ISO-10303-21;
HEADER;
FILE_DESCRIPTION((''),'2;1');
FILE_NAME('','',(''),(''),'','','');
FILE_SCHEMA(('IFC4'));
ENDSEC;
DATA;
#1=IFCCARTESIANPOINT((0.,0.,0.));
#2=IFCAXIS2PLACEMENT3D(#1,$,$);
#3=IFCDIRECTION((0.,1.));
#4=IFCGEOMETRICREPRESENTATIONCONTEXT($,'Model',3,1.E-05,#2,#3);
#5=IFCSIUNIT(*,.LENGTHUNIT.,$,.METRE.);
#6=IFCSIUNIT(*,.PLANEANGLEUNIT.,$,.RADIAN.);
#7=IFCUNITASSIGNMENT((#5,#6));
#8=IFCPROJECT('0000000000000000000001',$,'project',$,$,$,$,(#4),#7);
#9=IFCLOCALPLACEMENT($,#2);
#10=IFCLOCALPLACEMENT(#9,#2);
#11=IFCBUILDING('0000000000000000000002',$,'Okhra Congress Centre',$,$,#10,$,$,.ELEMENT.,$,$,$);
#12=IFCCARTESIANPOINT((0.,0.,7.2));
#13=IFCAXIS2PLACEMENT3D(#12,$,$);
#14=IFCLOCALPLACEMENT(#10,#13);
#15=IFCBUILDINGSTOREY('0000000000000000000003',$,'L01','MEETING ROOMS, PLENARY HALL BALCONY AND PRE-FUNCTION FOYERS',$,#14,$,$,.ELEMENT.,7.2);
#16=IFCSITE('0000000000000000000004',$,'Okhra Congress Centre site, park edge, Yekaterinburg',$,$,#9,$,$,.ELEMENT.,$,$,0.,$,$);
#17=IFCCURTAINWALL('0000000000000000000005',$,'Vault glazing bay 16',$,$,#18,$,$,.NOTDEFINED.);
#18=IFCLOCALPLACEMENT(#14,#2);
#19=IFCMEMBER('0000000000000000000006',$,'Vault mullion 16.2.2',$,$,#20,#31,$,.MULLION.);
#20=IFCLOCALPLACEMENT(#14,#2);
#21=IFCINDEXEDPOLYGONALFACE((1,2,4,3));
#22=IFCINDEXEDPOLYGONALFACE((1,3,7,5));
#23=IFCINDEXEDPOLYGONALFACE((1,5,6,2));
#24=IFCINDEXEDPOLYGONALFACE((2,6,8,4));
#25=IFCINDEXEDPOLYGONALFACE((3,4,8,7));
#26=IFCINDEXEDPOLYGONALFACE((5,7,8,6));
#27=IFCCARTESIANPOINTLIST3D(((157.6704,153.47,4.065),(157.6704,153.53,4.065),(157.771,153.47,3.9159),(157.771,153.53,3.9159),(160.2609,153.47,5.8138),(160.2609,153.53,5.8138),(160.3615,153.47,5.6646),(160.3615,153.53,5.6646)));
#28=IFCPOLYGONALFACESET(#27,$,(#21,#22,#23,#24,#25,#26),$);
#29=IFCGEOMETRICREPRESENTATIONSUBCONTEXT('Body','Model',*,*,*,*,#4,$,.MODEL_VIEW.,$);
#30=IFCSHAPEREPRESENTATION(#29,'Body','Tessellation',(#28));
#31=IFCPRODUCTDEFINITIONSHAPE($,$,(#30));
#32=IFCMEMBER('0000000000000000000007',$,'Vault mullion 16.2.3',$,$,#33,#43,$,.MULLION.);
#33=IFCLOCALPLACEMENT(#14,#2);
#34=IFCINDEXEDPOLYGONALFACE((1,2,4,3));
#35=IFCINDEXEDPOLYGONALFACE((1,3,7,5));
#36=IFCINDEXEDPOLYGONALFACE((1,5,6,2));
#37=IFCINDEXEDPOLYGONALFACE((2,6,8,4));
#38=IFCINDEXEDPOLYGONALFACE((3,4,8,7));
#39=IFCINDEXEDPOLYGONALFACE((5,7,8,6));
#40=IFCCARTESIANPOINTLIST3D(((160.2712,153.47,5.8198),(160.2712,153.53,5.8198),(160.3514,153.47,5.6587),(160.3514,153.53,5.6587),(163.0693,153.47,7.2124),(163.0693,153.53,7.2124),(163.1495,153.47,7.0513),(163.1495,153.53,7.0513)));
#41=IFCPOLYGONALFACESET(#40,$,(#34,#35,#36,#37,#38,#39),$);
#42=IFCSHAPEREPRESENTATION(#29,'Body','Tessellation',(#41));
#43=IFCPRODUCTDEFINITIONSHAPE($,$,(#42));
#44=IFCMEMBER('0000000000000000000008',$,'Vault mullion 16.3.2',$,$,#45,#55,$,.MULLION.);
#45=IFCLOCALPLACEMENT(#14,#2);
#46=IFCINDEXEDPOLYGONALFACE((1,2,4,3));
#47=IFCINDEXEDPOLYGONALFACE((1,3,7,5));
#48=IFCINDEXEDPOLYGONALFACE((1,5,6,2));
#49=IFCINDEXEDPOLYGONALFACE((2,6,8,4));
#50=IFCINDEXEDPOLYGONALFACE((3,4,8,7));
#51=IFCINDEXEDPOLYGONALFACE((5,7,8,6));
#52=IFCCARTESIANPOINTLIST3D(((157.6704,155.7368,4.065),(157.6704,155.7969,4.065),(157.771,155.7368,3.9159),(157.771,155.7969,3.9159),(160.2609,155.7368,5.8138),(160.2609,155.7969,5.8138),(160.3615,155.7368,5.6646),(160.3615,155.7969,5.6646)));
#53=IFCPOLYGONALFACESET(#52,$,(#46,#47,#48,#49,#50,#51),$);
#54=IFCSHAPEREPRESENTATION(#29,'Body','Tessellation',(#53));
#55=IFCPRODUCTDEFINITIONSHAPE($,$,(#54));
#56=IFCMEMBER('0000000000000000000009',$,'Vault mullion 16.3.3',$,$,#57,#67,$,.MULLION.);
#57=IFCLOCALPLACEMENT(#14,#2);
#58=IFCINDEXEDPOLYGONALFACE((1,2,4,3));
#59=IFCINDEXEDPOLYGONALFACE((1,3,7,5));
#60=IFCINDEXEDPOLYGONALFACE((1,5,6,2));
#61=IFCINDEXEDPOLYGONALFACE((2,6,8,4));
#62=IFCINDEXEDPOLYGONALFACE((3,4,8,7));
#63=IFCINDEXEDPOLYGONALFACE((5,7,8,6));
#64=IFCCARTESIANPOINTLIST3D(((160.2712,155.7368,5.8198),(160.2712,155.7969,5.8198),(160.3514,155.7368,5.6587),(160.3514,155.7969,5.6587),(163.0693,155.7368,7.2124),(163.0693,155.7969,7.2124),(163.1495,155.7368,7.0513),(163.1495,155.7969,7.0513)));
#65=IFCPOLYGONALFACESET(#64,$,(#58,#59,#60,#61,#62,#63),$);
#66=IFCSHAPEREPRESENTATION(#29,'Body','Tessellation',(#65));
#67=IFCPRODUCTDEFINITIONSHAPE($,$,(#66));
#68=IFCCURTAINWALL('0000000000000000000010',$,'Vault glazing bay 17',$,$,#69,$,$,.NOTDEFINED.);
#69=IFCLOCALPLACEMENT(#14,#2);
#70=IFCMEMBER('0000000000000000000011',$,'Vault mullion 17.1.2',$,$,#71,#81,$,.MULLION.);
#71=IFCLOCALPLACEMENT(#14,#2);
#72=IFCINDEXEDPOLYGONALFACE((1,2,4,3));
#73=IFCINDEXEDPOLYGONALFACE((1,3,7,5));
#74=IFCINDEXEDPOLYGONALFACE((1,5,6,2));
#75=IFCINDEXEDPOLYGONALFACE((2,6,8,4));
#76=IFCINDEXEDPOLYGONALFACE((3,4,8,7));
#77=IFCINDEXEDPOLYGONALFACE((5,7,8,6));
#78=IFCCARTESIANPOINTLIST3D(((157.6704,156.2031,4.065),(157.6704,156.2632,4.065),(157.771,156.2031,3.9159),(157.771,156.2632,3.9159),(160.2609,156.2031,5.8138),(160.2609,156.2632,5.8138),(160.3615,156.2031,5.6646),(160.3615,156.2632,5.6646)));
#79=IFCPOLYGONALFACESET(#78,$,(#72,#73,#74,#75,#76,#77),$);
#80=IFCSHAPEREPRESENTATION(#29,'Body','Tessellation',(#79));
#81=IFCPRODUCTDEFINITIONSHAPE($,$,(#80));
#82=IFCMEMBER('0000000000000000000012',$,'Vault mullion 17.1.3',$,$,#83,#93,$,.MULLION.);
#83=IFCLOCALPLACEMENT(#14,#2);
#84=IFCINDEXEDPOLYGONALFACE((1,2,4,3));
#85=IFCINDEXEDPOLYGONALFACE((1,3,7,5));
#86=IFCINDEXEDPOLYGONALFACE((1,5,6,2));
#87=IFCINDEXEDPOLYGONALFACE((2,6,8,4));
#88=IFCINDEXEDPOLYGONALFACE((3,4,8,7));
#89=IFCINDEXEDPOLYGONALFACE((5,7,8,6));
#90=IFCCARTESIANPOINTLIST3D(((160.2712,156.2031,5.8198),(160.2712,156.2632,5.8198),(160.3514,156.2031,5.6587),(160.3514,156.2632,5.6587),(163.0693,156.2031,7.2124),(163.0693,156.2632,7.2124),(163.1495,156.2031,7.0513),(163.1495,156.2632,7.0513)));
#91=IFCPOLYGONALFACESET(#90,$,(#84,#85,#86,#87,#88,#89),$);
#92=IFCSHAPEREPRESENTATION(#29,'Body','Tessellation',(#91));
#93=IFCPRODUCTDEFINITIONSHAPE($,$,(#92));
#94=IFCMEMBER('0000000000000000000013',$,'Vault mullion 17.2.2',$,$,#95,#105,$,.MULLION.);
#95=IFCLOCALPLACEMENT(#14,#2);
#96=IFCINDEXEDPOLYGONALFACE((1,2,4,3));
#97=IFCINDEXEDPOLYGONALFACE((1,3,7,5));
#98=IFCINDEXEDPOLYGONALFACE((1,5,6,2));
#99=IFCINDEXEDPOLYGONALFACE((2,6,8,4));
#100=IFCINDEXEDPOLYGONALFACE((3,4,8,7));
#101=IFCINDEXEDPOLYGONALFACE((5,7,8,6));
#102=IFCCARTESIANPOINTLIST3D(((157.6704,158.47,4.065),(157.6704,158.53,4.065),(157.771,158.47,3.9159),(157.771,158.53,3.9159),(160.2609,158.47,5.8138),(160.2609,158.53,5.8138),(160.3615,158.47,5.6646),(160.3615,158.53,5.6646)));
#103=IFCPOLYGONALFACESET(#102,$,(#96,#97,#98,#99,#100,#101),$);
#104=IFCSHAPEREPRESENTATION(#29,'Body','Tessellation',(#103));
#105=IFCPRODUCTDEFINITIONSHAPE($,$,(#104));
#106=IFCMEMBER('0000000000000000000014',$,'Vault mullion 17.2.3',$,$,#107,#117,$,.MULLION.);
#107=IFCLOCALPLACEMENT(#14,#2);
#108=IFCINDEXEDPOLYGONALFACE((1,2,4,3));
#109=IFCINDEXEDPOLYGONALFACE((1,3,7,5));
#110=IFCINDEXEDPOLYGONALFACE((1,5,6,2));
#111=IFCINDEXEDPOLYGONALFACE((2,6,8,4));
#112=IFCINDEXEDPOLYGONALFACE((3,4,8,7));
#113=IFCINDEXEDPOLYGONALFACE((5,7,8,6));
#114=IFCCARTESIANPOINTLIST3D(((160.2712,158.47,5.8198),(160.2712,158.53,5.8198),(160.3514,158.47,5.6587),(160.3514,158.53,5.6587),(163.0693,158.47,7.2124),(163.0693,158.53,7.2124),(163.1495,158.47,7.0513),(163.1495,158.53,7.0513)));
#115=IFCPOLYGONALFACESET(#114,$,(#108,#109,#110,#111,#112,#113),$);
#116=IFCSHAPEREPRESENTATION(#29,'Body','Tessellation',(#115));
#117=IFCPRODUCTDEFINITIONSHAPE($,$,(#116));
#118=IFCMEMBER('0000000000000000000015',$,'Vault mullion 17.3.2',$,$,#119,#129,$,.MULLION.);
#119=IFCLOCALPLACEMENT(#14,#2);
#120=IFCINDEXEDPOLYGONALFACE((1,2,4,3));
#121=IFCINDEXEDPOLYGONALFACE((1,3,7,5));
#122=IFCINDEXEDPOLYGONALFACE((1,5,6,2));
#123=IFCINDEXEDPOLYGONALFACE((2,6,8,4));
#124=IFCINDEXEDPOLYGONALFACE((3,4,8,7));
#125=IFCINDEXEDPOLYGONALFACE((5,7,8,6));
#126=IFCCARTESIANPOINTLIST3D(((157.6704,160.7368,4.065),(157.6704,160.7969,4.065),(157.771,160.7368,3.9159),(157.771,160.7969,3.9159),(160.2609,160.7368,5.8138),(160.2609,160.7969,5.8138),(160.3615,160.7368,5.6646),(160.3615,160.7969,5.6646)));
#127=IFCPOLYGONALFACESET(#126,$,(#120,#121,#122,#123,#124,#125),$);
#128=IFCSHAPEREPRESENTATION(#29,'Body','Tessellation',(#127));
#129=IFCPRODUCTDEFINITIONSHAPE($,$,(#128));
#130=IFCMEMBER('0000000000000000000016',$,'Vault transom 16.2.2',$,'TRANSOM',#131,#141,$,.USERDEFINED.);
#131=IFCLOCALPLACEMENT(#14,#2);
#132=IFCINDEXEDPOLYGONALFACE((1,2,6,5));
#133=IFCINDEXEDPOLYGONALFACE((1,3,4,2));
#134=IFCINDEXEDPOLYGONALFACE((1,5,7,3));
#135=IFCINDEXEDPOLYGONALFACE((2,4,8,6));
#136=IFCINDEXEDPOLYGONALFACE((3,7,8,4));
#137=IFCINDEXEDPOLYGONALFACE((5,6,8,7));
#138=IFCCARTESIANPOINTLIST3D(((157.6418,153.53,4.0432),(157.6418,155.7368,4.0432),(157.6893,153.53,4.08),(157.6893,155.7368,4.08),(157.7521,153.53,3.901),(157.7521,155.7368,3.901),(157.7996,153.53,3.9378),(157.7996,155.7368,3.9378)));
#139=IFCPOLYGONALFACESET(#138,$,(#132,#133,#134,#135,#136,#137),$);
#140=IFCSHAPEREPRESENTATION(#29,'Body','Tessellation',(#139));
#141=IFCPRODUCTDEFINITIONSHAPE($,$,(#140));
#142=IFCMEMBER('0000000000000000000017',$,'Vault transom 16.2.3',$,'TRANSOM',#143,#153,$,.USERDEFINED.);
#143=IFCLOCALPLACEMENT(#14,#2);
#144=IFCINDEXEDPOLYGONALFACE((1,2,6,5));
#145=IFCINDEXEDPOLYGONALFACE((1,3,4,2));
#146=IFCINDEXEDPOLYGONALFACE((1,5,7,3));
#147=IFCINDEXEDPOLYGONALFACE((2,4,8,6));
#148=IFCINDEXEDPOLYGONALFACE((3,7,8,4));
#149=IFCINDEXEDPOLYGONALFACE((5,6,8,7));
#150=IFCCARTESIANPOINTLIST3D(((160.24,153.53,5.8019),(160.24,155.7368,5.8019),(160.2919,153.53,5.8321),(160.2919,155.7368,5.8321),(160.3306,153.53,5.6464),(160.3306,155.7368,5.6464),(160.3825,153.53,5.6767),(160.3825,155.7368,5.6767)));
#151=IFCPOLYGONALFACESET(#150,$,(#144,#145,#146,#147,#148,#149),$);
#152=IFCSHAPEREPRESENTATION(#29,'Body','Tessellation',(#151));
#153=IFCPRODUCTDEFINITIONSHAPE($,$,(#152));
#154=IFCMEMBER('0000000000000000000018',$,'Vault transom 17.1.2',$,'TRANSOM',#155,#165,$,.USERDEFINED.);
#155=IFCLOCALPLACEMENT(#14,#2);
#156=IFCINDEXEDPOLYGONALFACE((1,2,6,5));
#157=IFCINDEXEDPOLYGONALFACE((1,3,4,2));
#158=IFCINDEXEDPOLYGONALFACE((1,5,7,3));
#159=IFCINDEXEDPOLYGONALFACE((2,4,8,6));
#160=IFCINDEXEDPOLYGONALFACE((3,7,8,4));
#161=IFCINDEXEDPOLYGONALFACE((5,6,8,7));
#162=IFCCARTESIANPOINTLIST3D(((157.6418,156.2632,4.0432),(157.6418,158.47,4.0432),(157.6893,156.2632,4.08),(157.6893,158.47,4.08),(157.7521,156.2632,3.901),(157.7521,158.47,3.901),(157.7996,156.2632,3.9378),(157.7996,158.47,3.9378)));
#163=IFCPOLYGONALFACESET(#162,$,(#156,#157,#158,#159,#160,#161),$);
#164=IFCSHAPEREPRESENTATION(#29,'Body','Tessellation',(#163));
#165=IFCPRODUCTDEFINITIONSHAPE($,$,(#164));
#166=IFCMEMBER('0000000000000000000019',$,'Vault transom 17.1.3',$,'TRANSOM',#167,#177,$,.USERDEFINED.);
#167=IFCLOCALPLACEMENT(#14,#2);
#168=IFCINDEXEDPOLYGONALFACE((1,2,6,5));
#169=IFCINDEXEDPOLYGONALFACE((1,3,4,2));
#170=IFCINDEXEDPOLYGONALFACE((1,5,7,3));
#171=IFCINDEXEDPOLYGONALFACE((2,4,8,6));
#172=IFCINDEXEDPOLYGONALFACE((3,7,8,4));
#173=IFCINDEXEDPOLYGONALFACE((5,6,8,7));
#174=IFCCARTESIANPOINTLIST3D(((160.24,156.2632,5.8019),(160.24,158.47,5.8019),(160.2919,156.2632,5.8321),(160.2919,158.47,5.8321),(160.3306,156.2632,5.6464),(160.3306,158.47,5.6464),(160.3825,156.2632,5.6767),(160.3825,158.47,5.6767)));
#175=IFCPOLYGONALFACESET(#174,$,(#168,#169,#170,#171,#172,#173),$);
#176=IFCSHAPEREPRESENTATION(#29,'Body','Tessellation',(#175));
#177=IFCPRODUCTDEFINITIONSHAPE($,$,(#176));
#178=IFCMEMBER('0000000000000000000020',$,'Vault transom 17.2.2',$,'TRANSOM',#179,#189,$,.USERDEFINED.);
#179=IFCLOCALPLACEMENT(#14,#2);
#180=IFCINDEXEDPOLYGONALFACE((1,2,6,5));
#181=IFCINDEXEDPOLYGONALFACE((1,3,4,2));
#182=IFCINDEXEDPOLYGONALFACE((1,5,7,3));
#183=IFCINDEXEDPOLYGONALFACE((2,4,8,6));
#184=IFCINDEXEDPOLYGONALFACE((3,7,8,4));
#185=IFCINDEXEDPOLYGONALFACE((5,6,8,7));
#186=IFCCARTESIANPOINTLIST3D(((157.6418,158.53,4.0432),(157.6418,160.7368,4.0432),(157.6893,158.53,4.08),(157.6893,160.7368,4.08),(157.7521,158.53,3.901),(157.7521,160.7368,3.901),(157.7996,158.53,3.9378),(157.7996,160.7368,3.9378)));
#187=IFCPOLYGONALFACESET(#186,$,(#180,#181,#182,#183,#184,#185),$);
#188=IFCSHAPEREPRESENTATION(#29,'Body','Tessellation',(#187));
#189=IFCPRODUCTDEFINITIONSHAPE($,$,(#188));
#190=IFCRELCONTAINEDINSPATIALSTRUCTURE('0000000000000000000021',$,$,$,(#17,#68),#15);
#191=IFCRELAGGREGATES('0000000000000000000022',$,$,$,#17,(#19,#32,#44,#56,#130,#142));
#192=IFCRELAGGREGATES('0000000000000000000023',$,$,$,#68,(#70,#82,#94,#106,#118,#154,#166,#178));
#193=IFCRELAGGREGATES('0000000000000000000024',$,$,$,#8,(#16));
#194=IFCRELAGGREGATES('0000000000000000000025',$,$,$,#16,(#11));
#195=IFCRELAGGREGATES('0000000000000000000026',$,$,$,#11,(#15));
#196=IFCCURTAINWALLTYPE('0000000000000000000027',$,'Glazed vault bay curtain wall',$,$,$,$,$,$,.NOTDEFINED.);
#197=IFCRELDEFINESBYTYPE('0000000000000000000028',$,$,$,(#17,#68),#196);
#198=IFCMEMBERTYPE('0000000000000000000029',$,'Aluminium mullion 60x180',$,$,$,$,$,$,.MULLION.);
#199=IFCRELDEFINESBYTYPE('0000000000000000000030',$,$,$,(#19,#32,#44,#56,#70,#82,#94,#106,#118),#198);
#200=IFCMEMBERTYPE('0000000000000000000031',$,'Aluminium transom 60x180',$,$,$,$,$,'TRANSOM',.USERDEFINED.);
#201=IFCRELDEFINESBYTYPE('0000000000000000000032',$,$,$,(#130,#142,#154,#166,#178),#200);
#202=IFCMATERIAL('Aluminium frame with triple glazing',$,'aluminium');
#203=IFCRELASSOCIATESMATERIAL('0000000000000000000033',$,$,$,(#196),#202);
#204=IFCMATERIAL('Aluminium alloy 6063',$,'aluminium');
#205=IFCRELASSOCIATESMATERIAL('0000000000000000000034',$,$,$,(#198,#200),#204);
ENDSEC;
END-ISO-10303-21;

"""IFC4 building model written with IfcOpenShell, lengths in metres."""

from ifc_helpers import new_model, si_unit, direction, frame, origin, origin_2d, place, context, subcontext, project, spatial, rectangle, extrude, material, material_profile, profile_set, type_object, element, aggregate, save


model = new_model("IFC4")

# Units and contexts
model_context = context("Model", 3, precision=1e-05, world=origin(), true_north=direction((0.0, 1.0)))
body_context = subcontext(model_context, "Body", "Model", "MODEL_VIEW")
ifc_project = project(units=[si_unit("LENGTHUNIT", "METRE"), si_unit("PLANEANGLEUNIT", "RADIAN")], contexts=[model_context])

# Site, building, storey
site_placement = place(None, origin())
site = spatial("IfcSite", under=ifc_project, at=site_placement, Name="Okhra Congress Centre site, park edge, Yekaterinburg", CompositionType="ELEMENT", RefElevation=0.0)
building_placement = place(site_placement, origin())
building = spatial("IfcBuilding", under=site, at=building_placement, Name="Okhra Congress Centre", CompositionType="ELEMENT")
storey_placement = place(building_placement, frame((0.0, 0.0, 7.2)))
storey = spatial("IfcBuildingStorey", under=building, at=storey_placement, Name="L01", Description="MEETING ROOMS, PLENARY HALL BALCONY AND PRE-FUNCTION FOYERS", CompositionType="ELEMENT", Elevation=7.2)

# Curtain walls, members
ifc_material_1 = material(Name="Aluminium frame with triple glazing", Category="aluminium")
curtain_wall_type = type_object("IfcCurtainWallType", Name="Glazed vault bay curtain wall", PredefinedType="NOTDEFINED", material=ifc_material_1)
curtain_wall_1_placement = place(storey_placement, origin())
curtain_wall_1 = element("IfcCurtainWall", 1, at=curtain_wall_1_placement, inside=storey, type_object=curtain_wall_type, Name="Vault glazing bay 16", PredefinedType="NOTDEFINED")
ifc_material_2 = material(Name="Aluminium alloy 6063", Category="aluminium")
ifc_material_profile_1 = material_profile(ifc_material_2, rectangle(XDim=0.0601, YDim=0.1799, at=origin_2d()), Name="AL 60x180")
ifc_profile_set_1 = profile_set([ifc_material_profile_1], Name="Aluminium alloy 6063")
member_type_1 = type_object("IfcMemberType", Name="Aluminium mullion 60x180", PredefinedType="MULLION", material=ifc_profile_set_1)
member_1_placement = place(storey_placement, frame((157.7207, 153.5, 3.9905), z_axis=(0.828828, 0.0, 0.559504), x_axis=(0.0, 1.0, 0.0)))
member_1 = element("IfcMember", 2, at=member_1_placement, type_object=member_type_1, Name="Vault mullion 16.2.2", PredefinedType="MULLION", context=body_context, shape_type="SweptSolid", body=[
    extrude(rectangle(XDim=0.0601, YDim=0.1799, at=origin_2d()), origin(), (0.0, 0.0, 1.0), 3.1255),
])
member_2_placement = place(storey_placement, frame((160.3113, 153.5, 5.7393), z_axis=(0.895254, 0.0, 0.445557), x_axis=(0.0, 1.0, 0.0)))
member_2 = element("IfcMember", 3, at=member_2_placement, type_object=member_type_1, Name="Vault mullion 16.2.3", PredefinedType="MULLION", context=body_context, shape_type="SweptSolid", body=[
    extrude(rectangle(XDim=0.0601, YDim=0.1799, at=origin_2d()), origin(), (0.0, 0.0, 1.0), 3.1255),
])
member_3_placement = place(storey_placement, frame((157.7207, 155.7668, 3.9905), z_axis=(0.828828, 0.0, 0.559504), x_axis=(0.0, 1.0, 0.0)))
member_3 = element("IfcMember", 4, at=member_3_placement, type_object=member_type_1, Name="Vault mullion 16.3.2", PredefinedType="MULLION", context=body_context, shape_type="SweptSolid", body=[
    extrude(rectangle(XDim=0.0601, YDim=0.1799, at=origin_2d()), origin(), (0.0, 0.0, 1.0), 3.1255),
])
member_4_placement = place(storey_placement, frame((160.3113, 155.7668, 5.7393), z_axis=(0.895254, 0.0, 0.445557), x_axis=(0.0, 1.0, 0.0)))
member_4 = element("IfcMember", 5, at=member_4_placement, type_object=member_type_1, Name="Vault mullion 16.3.3", PredefinedType="MULLION", context=body_context, shape_type="SweptSolid", body=[
    extrude(rectangle(XDim=0.0601, YDim=0.1799, at=origin_2d()), origin(), (0.0, 0.0, 1.0), 3.1255),
])
curtain_wall_2_placement = place(storey_placement, origin())
curtain_wall_2 = element("IfcCurtainWall", 6, at=curtain_wall_2_placement, inside=storey, type_object=curtain_wall_type, Name="Vault glazing bay 17", PredefinedType="NOTDEFINED")
member_5_placement = place(storey_placement, frame((157.7207, 156.2332, 3.9905), z_axis=(0.828828, 0.0, 0.559504), x_axis=(0.0, 1.0, 0.0)))
member_5 = element("IfcMember", 7, at=member_5_placement, type_object=member_type_1, Name="Vault mullion 17.1.2", PredefinedType="MULLION", context=body_context, shape_type="SweptSolid", body=[
    extrude(rectangle(XDim=0.0601, YDim=0.1799, at=origin_2d()), origin(), (0.0, 0.0, 1.0), 3.1255),
])
member_6_placement = place(storey_placement, frame((160.3113, 156.2332, 5.7393), z_axis=(0.895254, 0.0, 0.445557), x_axis=(0.0, 1.0, 0.0)))
member_6 = element("IfcMember", 8, at=member_6_placement, type_object=member_type_1, Name="Vault mullion 17.1.3", PredefinedType="MULLION", context=body_context, shape_type="SweptSolid", body=[
    extrude(rectangle(XDim=0.0601, YDim=0.1799, at=origin_2d()), origin(), (0.0, 0.0, 1.0), 3.1255),
])
member_7_placement = place(storey_placement, frame((157.7207, 158.5, 3.9905), z_axis=(0.828828, 0.0, 0.559504), x_axis=(0.0, 1.0, 0.0)))
member_7 = element("IfcMember", 9, at=member_7_placement, type_object=member_type_1, Name="Vault mullion 17.2.2", PredefinedType="MULLION", context=body_context, shape_type="SweptSolid", body=[
    extrude(rectangle(XDim=0.0601, YDim=0.1799, at=origin_2d()), origin(), (0.0, 0.0, 1.0), 3.1255),
])
member_8_placement = place(storey_placement, frame((160.3113, 158.5, 5.7393), z_axis=(0.895254, 0.0, 0.445557), x_axis=(0.0, 1.0, 0.0)))
member_8 = element("IfcMember", 10, at=member_8_placement, type_object=member_type_1, Name="Vault mullion 17.2.3", PredefinedType="MULLION", context=body_context, shape_type="SweptSolid", body=[
    extrude(rectangle(XDim=0.0601, YDim=0.1799, at=origin_2d()), origin(), (0.0, 0.0, 1.0), 3.1255),
])
member_9_placement = place(storey_placement, frame((157.7207, 160.7668, 3.9905), z_axis=(0.828828, 0.0, 0.559504), x_axis=(0.0, 1.0, 0.0)))
member_9 = element("IfcMember", 11, at=member_9_placement, type_object=member_type_1, Name="Vault mullion 17.3.2", PredefinedType="MULLION", context=body_context, shape_type="SweptSolid", body=[
    extrude(rectangle(XDim=0.0601, YDim=0.1799, at=origin_2d()), origin(), (0.0, 0.0, 1.0), 3.1255),
])

# Members
ifc_material_profile_2 = material_profile(ifc_material_2, rectangle(XDim=0.0601, YDim=0.1799, at=origin_2d()), Name="AL 60x180 transom")
ifc_profile_set_2 = profile_set([ifc_material_profile_2], Name="Aluminium alloy 6063")
member_type_2 = type_object("IfcMemberType", Name="Aluminium transom 60x180", ElementType="TRANSOM", PredefinedType="USERDEFINED", material=ifc_profile_set_2)
member_10_placement = place(storey_placement, frame((157.7207, 153.53, 3.9905), z_axis=(0.0, 1.0, 0.0), x_axis=(-0.790145, 0.0, -0.61292)))
member_10 = element("IfcMember", 12, at=member_10_placement, type_object=member_type_2, Name="Vault transom 16.2.2", ObjectType="TRANSOM", PredefinedType="USERDEFINED", context=body_context, shape_type="SweptSolid", body=[
    extrude(rectangle(XDim=0.0601, YDim=0.1799, at=origin_2d()), origin(), (0.0, 0.0, 1.0), 2.2068),
])
member_11_placement = place(storey_placement, frame((160.3113, 153.53, 5.7393), z_axis=(0.0, 1.0, 0.0), x_axis=(-0.863917, 0.0, -0.503634)))
member_11 = element("IfcMember", 13, at=member_11_placement, type_object=member_type_2, Name="Vault transom 16.2.3", ObjectType="TRANSOM", PredefinedType="USERDEFINED", context=body_context, shape_type="SweptSolid", body=[
    extrude(rectangle(XDim=0.0601, YDim=0.1799, at=origin_2d()), origin(), (0.0, 0.0, 1.0), 2.2068),
])
member_12_placement = place(storey_placement, frame((157.7207, 156.2632, 3.9905), z_axis=(0.0, 1.0, 0.0), x_axis=(-0.790145, 0.0, -0.61292)))
member_12 = element("IfcMember", 14, at=member_12_placement, type_object=member_type_2, Name="Vault transom 17.1.2", ObjectType="TRANSOM", PredefinedType="USERDEFINED", context=body_context, shape_type="SweptSolid", body=[
    extrude(rectangle(XDim=0.0601, YDim=0.1799, at=origin_2d()), origin(), (0.0, 0.0, 1.0), 2.2068),
])
member_13_placement = place(storey_placement, frame((160.3113, 156.2632, 5.7393), z_axis=(0.0, 1.0, 0.0), x_axis=(-0.863917, 0.0, -0.503634)))
member_13 = element("IfcMember", 15, at=member_13_placement, type_object=member_type_2, Name="Vault transom 17.1.3", ObjectType="TRANSOM", PredefinedType="USERDEFINED", context=body_context, shape_type="SweptSolid", body=[
    extrude(rectangle(XDim=0.0601, YDim=0.1799, at=origin_2d()), origin(), (0.0, 0.0, 1.0), 2.2068),
])
member_14_placement = place(storey_placement, frame((157.7207, 158.53, 3.9905), z_axis=(0.0, 1.0, 0.0), x_axis=(-0.790145, 0.0, -0.61292)))
member_14 = element("IfcMember", 16, at=member_14_placement, type_object=member_type_2, Name="Vault transom 17.2.2", ObjectType="TRANSOM", PredefinedType="USERDEFINED", context=body_context, shape_type="SweptSolid", body=[
    extrude(rectangle(XDim=0.0601, YDim=0.1799, at=origin_2d()), origin(), (0.0, 0.0, 1.0), 2.2068),
])

aggregate(curtain_wall_1, [member_1, member_2, member_3, member_4, member_10, member_11])
aggregate(curtain_wall_2, [member_5, member_6, member_7, member_8, member_9, member_12, member_13, member_14])

save(model, "model.ifc")
